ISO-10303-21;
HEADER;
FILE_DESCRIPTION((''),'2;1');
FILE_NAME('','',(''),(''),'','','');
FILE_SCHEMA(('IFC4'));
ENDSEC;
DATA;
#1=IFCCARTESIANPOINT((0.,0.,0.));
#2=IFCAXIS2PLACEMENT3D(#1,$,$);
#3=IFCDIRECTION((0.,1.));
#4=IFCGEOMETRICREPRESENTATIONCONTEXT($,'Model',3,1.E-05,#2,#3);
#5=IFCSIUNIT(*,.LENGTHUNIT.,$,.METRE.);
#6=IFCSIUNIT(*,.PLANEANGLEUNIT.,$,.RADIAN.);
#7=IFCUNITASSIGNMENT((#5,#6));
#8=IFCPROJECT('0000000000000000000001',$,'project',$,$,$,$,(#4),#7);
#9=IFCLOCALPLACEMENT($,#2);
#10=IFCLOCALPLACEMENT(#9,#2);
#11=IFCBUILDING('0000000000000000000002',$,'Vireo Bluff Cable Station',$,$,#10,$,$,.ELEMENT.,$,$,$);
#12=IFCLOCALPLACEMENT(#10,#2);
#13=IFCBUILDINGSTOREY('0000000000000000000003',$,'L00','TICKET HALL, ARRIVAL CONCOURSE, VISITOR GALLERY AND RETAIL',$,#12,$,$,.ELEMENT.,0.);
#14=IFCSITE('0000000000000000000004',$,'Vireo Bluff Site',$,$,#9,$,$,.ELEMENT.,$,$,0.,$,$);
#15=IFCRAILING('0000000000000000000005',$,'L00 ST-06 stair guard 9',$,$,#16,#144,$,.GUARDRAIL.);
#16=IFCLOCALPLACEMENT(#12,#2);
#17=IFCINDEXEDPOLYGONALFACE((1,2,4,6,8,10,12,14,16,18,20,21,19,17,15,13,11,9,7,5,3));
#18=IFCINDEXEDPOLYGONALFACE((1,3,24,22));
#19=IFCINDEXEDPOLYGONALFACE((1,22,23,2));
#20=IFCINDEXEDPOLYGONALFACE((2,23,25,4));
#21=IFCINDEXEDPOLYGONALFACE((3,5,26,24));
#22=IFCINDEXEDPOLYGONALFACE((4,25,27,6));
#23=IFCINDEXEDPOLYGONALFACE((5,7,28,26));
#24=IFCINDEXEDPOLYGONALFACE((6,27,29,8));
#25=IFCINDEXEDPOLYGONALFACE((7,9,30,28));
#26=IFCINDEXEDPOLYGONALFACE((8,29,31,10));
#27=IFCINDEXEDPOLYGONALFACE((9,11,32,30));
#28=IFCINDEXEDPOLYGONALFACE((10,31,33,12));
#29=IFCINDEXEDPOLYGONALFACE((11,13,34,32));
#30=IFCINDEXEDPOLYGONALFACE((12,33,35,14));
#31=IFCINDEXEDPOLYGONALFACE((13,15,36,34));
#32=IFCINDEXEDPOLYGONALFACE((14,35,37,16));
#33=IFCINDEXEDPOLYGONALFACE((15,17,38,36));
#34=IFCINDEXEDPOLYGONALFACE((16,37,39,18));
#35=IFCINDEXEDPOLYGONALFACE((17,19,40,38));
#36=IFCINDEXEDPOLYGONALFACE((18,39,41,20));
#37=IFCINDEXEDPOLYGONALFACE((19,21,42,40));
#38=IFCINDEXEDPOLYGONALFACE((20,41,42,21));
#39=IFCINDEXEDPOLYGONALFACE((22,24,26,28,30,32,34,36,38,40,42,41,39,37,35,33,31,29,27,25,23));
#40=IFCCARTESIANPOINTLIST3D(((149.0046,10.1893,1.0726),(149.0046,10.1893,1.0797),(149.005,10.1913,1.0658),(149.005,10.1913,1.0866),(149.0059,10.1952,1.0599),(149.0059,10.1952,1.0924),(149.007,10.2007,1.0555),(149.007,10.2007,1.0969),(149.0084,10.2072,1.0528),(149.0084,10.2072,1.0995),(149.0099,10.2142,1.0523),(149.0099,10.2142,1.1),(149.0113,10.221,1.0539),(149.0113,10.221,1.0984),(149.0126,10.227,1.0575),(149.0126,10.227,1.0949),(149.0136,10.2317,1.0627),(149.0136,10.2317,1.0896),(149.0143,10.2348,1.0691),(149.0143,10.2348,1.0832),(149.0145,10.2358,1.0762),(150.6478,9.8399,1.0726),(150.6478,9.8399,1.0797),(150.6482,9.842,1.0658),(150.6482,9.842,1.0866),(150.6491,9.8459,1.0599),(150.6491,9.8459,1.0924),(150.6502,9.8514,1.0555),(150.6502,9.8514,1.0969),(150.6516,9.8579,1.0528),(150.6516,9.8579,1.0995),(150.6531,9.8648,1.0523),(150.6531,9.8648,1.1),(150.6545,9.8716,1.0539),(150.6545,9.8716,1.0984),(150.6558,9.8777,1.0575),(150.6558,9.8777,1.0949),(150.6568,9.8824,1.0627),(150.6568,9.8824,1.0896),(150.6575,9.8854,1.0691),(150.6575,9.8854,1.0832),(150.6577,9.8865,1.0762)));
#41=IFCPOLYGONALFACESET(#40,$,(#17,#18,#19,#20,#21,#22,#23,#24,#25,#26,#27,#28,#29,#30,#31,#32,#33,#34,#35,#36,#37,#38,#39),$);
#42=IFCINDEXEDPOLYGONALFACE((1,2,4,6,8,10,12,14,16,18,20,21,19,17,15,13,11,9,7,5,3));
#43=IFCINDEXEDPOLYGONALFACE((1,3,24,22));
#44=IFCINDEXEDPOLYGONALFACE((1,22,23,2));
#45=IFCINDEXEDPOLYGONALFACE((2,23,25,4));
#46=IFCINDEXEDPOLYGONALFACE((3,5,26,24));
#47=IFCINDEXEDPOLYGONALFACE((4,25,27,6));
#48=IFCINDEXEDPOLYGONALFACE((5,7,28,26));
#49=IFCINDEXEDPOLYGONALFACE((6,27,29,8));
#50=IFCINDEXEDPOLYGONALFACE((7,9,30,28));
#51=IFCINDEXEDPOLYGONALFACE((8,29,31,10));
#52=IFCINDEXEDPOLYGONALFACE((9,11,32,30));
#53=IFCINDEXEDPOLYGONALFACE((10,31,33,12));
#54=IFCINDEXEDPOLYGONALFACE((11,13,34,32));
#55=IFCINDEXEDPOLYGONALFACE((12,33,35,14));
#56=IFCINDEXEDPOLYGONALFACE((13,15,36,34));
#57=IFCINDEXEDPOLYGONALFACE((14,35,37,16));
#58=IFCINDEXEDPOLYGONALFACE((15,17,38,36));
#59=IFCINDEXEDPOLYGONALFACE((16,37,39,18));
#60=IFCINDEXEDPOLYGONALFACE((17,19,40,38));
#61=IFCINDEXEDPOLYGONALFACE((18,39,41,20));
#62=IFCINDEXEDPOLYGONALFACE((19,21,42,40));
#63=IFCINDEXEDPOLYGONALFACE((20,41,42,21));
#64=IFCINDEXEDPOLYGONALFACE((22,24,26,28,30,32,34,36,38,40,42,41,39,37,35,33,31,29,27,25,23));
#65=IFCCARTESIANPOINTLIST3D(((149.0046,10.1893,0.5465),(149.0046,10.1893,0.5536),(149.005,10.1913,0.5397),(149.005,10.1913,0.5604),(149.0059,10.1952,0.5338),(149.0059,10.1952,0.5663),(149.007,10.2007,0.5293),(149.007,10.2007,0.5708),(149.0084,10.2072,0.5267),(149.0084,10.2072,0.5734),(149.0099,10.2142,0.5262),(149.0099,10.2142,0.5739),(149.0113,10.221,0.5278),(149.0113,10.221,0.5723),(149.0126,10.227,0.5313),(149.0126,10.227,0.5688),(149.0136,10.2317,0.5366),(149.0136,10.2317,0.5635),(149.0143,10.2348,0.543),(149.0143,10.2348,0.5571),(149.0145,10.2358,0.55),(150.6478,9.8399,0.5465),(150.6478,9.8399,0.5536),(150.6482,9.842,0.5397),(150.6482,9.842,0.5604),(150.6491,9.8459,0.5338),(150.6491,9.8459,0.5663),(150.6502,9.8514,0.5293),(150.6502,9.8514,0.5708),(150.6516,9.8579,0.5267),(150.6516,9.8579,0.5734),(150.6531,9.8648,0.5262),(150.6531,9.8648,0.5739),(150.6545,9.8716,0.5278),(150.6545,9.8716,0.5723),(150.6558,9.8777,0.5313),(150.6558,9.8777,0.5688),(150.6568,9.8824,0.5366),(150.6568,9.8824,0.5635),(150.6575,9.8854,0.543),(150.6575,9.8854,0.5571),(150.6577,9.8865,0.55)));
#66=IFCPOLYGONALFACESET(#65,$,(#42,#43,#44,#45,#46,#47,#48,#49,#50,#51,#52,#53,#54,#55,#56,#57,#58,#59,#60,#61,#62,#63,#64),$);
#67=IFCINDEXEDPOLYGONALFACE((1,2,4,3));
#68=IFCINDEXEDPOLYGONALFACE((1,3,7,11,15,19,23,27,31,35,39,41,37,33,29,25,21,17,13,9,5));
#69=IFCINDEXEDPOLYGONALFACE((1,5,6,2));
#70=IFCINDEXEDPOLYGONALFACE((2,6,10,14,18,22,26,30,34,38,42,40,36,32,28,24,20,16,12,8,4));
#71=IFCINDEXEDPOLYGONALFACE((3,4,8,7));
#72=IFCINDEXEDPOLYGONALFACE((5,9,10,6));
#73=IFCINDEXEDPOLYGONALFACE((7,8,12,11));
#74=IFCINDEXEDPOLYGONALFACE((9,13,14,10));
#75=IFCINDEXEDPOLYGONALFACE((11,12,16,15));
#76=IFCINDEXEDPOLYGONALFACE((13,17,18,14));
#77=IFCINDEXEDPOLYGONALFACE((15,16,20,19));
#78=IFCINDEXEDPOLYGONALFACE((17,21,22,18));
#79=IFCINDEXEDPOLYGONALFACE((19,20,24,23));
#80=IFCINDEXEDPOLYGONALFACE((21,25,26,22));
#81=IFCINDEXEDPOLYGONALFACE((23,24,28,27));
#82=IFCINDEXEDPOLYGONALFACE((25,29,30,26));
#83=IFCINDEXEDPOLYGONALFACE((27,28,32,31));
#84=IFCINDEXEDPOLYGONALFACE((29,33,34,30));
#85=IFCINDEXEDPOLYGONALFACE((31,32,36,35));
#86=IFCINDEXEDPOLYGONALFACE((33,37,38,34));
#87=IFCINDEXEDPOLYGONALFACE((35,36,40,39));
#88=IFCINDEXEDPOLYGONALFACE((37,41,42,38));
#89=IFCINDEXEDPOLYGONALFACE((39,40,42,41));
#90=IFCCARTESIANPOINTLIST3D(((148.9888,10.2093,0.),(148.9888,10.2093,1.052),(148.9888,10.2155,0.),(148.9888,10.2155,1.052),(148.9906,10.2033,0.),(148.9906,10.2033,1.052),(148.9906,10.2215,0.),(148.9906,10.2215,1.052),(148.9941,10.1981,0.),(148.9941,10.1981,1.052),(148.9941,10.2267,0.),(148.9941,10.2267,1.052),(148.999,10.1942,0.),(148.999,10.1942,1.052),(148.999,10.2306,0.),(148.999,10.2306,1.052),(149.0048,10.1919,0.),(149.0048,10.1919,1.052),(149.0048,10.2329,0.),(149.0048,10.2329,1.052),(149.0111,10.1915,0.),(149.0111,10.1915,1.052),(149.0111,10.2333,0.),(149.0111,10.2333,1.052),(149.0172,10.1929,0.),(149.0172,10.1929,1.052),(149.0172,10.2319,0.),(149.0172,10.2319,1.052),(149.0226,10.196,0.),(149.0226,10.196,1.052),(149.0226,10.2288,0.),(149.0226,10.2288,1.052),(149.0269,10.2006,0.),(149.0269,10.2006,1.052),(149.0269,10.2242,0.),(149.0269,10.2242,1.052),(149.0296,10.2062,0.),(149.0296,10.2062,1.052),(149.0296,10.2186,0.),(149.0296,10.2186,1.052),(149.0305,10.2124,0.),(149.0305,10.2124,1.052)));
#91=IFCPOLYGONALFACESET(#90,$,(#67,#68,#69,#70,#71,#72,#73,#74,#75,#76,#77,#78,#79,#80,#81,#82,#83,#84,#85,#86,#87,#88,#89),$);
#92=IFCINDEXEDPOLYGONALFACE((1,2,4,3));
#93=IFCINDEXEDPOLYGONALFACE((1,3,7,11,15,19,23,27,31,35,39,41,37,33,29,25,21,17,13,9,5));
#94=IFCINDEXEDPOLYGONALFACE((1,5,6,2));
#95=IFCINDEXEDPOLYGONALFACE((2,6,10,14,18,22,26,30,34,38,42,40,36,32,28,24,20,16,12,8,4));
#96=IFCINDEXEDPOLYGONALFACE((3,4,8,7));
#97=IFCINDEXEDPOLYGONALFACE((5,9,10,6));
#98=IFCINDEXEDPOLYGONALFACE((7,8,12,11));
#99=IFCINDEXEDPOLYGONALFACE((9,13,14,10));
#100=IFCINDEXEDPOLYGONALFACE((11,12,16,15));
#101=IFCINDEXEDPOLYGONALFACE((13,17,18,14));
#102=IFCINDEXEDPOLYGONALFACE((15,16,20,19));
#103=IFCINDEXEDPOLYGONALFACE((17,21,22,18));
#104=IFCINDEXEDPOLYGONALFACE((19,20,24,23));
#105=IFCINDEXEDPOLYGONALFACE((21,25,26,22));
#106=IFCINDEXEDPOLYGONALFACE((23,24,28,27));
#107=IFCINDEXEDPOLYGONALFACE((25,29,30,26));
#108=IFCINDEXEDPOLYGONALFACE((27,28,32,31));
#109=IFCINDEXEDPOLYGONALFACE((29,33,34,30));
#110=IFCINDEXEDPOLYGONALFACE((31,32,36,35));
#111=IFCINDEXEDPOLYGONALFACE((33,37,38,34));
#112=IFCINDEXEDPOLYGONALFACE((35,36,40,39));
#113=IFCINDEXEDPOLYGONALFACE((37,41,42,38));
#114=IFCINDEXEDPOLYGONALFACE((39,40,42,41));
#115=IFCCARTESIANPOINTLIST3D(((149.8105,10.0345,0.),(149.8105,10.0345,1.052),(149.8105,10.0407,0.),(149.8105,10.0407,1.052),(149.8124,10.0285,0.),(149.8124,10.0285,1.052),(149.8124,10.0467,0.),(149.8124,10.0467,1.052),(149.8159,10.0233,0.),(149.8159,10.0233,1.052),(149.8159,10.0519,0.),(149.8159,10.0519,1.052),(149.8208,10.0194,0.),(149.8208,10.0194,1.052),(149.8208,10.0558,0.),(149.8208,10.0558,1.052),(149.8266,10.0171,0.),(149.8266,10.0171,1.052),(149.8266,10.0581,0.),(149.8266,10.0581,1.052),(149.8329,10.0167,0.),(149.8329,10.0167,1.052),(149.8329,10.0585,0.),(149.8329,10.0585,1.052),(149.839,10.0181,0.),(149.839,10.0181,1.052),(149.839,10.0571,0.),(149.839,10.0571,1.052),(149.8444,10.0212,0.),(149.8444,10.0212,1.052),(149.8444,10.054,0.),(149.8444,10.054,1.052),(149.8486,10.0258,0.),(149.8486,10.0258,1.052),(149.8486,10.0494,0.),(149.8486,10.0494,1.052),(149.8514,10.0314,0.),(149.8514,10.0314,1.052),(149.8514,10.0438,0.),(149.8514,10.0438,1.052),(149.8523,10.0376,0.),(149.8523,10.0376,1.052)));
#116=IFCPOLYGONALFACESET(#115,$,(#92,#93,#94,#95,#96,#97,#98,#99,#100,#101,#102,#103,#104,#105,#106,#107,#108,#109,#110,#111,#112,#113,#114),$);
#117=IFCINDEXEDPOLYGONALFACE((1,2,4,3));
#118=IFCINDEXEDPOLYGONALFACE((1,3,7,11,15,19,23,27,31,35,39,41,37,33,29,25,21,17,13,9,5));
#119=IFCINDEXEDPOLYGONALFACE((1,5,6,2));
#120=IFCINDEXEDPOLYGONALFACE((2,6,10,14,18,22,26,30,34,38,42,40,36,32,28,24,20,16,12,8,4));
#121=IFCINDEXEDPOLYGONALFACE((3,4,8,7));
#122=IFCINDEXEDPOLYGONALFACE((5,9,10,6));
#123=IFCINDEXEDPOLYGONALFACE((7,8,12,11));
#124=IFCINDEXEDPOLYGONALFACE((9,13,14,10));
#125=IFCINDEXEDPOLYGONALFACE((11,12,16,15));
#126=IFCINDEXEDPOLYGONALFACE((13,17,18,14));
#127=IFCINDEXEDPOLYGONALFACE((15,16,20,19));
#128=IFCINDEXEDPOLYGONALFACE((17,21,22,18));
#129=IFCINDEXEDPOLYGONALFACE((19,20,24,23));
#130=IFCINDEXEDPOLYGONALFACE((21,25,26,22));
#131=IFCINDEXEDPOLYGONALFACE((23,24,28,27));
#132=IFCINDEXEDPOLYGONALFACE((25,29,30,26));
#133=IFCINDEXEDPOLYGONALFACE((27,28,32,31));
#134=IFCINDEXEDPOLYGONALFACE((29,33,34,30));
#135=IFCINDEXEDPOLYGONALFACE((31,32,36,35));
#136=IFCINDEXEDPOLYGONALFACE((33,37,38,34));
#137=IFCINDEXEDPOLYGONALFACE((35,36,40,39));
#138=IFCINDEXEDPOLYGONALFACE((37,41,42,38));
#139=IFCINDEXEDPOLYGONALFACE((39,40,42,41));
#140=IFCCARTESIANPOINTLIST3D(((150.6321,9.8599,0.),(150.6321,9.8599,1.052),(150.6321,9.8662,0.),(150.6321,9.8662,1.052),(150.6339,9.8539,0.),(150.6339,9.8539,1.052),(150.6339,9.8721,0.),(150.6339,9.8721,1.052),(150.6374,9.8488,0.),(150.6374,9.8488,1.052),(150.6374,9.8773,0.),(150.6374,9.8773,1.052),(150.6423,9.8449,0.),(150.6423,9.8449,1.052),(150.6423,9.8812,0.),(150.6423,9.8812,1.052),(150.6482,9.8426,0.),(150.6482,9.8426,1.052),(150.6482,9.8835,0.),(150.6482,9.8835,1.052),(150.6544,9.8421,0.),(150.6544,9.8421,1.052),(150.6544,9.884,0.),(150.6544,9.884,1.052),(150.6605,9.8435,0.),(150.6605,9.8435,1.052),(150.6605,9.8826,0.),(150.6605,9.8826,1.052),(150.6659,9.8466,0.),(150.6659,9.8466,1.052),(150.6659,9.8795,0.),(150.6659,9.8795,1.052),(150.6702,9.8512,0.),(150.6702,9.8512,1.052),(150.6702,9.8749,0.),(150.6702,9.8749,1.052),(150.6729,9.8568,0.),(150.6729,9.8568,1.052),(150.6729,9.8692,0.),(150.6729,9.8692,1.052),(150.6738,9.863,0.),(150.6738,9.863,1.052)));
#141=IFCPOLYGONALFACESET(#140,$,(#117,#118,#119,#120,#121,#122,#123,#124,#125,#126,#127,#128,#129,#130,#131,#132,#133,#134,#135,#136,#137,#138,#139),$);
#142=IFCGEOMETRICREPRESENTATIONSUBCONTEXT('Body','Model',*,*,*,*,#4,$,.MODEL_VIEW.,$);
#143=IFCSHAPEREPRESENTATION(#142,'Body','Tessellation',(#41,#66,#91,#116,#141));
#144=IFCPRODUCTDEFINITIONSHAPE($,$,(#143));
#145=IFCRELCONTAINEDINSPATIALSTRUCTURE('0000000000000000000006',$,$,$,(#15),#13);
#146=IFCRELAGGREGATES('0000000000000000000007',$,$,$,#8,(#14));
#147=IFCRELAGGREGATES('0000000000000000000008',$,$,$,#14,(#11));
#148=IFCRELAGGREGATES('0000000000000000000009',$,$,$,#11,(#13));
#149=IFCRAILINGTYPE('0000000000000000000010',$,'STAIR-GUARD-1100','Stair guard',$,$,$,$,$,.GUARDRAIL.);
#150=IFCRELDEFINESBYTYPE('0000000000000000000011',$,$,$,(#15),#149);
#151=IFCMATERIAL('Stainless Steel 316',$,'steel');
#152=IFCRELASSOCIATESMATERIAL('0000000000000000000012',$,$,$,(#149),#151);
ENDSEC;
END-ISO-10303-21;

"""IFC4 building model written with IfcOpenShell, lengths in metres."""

from ifc_helpers import new_model, si_unit, direction, frame, origin, origin_2d, place, context, subcontext, project, spatial, circle, extrude, material, type_object, element, save


model = new_model("IFC4")

# Units and contexts
model_context = context("Model", 3, precision=1e-05, world=origin(), true_north=direction((0.0, 1.0)))
body_context = subcontext(model_context, "Body", "Model", "MODEL_VIEW")
ifc_project = project(units=[si_unit("LENGTHUNIT", "METRE"), si_unit("PLANEANGLEUNIT", "RADIAN")], contexts=[model_context])

# Site, building, storey
site_placement = place(None, origin())
site = spatial("IfcSite", under=ifc_project, at=site_placement, Name="Vireo Bluff Site", CompositionType="ELEMENT", RefElevation=0.0)
building_placement = place(site_placement, origin())
building = spatial("IfcBuilding", under=site, at=building_placement, Name="Vireo Bluff Cable Station", CompositionType="ELEMENT")
storey_placement = place(building_placement, origin())
storey = spatial("IfcBuildingStorey", under=building, at=storey_placement, Name="L00", Description="TICKET HALL, ARRIVAL CONCOURSE, VISITOR GALLERY AND RETAIL", CompositionType="ELEMENT", Elevation=0.0)

# Railing
ifc_material_1 = material(Name="Stainless Steel 316", Category="steel")
railing_type = type_object("IfcRailingType", Name="STAIR-GUARD-1100", Description="Stair guard", PredefinedType="GUARDRAIL", material=ifc_material_1)
railing_1_placement = place(storey_placement, frame((149.0095, 10.2124, 0.0)))
element("IfcRailing", 1, at=railing_1_placement, inside=storey, type_object=railing_type, Name="L00 ST-06 stair guard 9", PredefinedType="GUARDRAIL", context=body_context, shape_type="SweptSolid", body=[
    extrude(circle(Radius=0.0239, at=origin_2d()), frame((0.0, 0.0, 1.0762), z_axis=(0.978139, -0.207951, 0.0), x_axis=(0.207951, 0.978139, 0.0)), (0.0, 0.0, 1.0), 1.6799),
    extrude(circle(Radius=0.0239, at=origin_2d()), frame((0.0, 0.0, 0.55), z_axis=(0.978139, -0.207951, 0.0), x_axis=(0.207951, 0.978139, 0.0)), (0.0, 0.0, 1.0), 1.6799),
    extrude(circle(Radius=0.021, at=origin_2d()), origin(), (0.0, 0.0, 1.0), 1.052),
    extrude(circle(Radius=0.021, at=origin_2d()), frame((0.8218, -0.1748, 0.0)), (0.0, 0.0, 1.0), 1.052),
    extrude(circle(Radius=0.021, at=origin_2d()), frame((1.6433, -0.3494, 0.0)), (0.0, 0.0, 1.0), 1.052),
])

save(model, "model.ifc")
